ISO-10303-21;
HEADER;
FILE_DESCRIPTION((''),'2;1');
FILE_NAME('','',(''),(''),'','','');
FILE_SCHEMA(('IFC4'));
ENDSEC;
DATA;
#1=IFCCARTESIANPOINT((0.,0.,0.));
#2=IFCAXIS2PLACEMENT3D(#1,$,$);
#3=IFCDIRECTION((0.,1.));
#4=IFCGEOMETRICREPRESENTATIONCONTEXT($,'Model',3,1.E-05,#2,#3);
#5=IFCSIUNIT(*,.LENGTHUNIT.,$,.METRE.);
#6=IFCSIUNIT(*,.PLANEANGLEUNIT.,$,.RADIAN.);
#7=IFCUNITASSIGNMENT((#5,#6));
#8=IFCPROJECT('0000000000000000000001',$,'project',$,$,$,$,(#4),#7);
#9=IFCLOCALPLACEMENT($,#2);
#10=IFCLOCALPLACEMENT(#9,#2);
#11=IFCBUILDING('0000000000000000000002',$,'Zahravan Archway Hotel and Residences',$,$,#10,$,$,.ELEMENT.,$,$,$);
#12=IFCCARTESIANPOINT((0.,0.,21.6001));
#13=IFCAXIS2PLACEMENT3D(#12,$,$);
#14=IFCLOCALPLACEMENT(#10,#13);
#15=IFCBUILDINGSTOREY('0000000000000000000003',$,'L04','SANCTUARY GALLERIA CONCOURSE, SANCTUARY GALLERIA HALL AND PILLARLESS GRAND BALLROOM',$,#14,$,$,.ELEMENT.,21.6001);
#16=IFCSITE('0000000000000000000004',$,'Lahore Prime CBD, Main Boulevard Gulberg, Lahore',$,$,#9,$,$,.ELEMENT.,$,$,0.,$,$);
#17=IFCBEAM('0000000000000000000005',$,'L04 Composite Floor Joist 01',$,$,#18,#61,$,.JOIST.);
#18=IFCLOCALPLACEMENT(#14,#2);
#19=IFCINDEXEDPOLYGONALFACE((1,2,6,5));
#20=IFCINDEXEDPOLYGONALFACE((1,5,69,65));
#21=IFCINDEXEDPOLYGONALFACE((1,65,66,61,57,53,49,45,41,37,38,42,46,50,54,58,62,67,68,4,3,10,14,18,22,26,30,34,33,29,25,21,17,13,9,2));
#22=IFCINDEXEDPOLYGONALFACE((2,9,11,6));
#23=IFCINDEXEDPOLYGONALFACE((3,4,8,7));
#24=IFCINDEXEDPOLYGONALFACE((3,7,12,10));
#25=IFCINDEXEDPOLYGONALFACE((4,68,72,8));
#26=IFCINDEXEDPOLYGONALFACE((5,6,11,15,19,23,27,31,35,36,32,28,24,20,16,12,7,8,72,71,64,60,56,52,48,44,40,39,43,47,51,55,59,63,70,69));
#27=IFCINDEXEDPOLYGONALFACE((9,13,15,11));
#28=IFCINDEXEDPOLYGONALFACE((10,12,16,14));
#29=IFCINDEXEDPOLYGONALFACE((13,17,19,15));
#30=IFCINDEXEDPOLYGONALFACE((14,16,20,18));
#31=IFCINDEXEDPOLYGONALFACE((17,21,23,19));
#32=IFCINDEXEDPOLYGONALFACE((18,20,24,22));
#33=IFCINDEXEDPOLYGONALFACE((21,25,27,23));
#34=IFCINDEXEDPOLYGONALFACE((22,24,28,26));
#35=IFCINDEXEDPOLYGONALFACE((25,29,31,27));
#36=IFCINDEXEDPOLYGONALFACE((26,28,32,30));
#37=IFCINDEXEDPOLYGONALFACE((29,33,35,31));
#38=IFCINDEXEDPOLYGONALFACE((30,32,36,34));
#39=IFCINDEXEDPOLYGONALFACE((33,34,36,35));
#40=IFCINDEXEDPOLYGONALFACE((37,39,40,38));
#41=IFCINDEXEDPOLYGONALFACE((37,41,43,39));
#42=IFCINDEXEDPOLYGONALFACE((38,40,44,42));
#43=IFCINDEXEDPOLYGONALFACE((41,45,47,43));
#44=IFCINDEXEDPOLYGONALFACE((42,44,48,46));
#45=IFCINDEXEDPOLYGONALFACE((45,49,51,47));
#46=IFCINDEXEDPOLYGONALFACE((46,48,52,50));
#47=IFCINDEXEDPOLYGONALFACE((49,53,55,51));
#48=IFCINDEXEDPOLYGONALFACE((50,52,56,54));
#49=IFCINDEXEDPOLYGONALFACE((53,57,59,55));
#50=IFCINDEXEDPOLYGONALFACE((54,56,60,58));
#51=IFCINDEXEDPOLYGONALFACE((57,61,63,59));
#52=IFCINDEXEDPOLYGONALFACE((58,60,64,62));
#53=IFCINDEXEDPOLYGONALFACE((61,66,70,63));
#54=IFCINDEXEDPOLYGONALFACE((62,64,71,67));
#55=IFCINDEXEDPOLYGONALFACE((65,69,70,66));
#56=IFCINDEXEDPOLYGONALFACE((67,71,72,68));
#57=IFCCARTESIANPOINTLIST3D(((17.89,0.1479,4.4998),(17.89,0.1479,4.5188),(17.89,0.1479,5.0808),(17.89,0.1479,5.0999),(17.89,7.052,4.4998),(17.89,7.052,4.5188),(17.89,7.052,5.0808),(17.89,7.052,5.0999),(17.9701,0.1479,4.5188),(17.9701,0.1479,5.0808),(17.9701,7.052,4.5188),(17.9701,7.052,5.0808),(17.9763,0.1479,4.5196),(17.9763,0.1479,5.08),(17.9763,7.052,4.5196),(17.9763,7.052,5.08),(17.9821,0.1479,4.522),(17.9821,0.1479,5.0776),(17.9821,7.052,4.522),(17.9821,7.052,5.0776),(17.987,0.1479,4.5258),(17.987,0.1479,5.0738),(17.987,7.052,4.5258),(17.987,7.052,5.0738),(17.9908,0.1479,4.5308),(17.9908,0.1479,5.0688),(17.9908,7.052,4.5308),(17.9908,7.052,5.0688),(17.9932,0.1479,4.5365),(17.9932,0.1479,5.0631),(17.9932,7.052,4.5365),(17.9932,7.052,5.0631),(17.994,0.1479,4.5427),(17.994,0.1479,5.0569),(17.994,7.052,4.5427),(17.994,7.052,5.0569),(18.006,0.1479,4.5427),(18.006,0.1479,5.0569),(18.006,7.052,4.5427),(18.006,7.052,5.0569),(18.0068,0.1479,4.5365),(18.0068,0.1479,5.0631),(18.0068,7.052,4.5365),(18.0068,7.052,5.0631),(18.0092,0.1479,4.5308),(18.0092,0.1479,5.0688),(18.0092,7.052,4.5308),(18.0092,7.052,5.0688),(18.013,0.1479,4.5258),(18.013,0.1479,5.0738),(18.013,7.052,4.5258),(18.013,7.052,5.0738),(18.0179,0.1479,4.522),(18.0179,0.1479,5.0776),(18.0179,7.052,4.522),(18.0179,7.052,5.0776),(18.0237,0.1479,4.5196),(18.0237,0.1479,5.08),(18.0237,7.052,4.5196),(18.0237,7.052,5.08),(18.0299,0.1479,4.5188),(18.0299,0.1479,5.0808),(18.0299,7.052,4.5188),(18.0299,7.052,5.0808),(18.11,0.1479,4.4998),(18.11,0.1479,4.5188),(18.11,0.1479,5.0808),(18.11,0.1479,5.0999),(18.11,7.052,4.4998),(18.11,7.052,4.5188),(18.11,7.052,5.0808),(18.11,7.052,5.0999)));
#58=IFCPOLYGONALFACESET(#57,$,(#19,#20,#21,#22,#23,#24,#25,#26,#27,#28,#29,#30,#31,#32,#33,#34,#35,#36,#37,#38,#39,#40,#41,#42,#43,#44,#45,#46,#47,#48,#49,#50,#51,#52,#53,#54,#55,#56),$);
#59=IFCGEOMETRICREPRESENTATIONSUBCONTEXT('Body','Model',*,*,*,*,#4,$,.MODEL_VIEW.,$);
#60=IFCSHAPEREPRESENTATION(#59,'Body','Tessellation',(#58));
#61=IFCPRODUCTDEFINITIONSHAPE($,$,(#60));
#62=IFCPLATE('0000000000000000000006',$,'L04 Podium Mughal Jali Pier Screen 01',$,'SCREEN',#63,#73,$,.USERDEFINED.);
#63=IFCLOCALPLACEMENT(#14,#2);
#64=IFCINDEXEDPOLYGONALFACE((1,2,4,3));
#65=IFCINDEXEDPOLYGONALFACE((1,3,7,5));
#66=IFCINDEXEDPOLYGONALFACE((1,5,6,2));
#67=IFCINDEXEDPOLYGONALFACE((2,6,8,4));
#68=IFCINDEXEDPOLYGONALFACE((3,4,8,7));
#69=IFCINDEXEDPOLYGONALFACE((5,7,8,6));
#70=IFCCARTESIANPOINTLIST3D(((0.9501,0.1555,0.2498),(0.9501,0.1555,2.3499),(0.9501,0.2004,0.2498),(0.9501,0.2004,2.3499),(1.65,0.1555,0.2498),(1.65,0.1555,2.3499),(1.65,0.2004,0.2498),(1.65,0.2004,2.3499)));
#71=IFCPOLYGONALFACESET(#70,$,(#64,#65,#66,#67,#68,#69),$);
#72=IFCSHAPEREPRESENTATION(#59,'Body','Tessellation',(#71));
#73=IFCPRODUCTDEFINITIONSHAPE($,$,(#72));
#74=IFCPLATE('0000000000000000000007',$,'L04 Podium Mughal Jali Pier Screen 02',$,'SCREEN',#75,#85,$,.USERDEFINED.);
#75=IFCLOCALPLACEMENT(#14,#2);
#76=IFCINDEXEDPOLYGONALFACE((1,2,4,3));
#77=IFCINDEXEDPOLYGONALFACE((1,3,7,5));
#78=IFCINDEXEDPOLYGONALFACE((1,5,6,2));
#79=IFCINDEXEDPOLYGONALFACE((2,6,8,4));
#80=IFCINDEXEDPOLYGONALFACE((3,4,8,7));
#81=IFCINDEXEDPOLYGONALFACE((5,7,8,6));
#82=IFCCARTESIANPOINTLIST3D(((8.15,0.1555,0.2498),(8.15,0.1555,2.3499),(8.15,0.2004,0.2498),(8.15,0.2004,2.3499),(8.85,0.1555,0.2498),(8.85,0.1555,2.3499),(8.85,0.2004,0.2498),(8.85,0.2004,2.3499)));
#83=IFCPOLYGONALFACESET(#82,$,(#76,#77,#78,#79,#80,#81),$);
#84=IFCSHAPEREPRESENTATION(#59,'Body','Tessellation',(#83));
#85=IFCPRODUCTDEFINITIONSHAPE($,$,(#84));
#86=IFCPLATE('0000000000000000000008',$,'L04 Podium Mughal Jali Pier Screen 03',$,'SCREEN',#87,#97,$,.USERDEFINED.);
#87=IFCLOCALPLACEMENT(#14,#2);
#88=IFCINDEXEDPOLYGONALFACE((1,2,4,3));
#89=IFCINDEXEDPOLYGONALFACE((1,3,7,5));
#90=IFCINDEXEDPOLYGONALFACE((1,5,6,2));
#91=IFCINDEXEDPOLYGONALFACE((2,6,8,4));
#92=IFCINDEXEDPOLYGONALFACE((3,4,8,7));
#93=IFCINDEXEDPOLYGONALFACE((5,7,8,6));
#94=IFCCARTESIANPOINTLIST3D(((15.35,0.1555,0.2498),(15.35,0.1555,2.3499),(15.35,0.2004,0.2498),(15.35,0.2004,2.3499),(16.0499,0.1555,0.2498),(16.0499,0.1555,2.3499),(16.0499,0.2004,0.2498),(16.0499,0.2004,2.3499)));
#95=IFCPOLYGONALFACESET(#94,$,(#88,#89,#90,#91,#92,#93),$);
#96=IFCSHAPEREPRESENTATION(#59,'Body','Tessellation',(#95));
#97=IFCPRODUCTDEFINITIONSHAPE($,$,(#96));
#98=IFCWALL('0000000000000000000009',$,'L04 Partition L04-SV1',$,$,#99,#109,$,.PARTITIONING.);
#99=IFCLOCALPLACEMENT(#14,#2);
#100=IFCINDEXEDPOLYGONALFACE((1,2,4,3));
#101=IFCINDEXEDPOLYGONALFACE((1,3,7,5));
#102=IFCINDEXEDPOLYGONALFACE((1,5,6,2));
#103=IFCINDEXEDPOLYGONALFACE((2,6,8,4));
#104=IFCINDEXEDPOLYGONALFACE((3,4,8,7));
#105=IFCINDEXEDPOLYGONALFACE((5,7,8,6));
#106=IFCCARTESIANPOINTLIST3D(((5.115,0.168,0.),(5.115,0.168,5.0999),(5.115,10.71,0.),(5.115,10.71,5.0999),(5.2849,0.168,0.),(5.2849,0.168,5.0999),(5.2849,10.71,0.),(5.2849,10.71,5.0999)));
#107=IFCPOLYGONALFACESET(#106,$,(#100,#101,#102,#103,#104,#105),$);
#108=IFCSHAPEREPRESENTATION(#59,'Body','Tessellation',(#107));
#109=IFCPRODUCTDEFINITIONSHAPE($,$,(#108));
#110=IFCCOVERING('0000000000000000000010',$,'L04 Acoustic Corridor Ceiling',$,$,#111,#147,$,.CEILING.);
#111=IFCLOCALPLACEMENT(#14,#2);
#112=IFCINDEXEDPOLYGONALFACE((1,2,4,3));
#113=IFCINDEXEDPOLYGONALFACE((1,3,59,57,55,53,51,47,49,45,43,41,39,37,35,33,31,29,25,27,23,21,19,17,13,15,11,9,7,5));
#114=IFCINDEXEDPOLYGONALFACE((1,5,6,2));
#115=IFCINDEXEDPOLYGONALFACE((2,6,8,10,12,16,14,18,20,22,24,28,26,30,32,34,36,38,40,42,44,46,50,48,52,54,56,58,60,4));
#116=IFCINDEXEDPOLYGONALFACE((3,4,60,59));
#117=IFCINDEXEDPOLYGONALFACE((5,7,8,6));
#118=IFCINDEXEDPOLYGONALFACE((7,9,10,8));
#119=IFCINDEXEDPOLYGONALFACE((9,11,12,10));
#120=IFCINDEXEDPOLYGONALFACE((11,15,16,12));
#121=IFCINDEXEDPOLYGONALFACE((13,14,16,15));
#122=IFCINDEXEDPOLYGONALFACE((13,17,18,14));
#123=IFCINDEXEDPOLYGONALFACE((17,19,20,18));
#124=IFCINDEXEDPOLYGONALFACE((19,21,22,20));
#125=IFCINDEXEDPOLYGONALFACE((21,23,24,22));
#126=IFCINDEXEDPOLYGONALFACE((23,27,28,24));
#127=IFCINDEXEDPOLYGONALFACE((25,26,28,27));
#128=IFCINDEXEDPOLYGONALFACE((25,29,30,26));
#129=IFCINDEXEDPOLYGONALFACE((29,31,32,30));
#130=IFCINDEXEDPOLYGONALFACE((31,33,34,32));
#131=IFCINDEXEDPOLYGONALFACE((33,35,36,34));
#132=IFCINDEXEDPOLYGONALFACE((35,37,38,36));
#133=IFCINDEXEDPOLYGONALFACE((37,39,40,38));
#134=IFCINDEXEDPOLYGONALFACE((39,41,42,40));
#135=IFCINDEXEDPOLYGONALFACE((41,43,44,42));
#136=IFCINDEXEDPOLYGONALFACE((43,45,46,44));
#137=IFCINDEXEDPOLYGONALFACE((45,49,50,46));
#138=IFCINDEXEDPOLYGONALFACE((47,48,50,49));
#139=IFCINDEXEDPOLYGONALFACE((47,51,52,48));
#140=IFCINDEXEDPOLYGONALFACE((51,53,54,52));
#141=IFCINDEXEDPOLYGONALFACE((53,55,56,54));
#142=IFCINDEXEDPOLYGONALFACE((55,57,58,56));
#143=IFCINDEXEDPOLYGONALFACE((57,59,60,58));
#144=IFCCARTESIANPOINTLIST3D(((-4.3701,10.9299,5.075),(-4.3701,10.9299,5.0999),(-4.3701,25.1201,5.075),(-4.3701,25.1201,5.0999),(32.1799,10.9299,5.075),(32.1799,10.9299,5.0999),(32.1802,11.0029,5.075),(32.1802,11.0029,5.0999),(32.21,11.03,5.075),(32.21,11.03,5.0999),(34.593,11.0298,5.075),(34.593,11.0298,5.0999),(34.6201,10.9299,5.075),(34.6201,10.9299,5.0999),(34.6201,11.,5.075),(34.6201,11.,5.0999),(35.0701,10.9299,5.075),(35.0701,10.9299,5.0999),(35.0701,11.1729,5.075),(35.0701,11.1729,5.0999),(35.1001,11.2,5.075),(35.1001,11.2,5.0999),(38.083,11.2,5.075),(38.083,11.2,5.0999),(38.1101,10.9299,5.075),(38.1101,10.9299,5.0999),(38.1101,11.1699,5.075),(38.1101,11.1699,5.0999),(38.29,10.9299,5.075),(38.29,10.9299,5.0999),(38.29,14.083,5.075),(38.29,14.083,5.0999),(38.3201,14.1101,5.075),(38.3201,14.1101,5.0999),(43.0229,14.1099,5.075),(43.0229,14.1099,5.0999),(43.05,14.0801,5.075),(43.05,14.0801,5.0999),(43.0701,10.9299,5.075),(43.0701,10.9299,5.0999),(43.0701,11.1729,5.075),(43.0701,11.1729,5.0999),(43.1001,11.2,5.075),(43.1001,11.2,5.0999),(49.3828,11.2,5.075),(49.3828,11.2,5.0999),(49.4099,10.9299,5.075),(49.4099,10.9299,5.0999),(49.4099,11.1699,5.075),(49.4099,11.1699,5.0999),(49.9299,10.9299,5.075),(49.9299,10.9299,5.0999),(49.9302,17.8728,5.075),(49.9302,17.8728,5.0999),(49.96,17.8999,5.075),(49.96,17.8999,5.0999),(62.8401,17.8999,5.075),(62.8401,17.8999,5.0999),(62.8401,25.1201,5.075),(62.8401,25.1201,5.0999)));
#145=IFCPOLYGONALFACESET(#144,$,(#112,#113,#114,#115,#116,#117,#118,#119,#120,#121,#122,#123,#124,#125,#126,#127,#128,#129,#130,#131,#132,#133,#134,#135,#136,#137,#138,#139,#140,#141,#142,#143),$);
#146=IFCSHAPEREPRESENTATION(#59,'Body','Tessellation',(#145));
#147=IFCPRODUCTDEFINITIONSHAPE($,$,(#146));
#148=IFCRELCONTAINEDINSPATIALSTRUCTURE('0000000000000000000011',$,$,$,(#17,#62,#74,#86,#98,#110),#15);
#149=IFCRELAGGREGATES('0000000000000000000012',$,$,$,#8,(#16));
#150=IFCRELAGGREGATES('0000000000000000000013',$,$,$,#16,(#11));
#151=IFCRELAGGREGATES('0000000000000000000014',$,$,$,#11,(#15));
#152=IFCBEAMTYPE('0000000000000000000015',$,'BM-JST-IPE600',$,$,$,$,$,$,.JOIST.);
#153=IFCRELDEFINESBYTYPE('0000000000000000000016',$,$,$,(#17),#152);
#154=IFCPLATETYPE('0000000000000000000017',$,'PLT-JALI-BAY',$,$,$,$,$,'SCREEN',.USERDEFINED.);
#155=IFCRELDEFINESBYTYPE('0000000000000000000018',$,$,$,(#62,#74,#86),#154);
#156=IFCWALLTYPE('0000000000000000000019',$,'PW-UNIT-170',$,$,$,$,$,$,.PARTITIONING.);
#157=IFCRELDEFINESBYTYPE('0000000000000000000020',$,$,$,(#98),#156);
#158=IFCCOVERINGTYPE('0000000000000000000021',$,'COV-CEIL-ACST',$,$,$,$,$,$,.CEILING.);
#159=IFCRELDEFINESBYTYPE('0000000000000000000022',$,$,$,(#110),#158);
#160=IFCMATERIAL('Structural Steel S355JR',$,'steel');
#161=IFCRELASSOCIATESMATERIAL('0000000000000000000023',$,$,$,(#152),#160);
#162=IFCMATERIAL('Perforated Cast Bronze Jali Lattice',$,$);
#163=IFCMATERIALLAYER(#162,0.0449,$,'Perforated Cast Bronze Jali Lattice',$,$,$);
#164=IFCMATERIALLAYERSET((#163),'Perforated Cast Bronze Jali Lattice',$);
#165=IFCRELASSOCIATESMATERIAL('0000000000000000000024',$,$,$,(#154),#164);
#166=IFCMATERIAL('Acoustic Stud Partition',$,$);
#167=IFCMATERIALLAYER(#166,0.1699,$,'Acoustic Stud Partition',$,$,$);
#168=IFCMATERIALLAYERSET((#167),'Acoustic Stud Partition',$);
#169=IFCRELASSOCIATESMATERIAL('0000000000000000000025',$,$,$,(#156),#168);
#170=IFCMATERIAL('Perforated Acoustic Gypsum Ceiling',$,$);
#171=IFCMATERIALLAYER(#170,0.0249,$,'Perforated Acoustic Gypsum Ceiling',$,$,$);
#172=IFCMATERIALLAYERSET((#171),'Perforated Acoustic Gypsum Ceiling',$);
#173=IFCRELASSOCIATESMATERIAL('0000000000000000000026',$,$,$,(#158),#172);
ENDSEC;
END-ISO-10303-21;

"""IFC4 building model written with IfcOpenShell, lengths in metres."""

from ifc_helpers import new_model, si_unit, direction, frame, frame_2d, origin, origin_2d, place, context, subcontext, project, spatial, polyline, rectangle, i_section, outline, extrude, source, transform, mapped, material, layer, layer_set, material_profile, profile_set, type_object, type_shapes, element, save


model = new_model("IFC4")

# Units and contexts
model_context = context("Model", 3, precision=1e-05, world=origin(), true_north=direction((0.0, 1.0)))
body_context = subcontext(model_context, "Body", "Model", "MODEL_VIEW")
ifc_project = project(units=[si_unit("LENGTHUNIT", "METRE"), si_unit("PLANEANGLEUNIT", "RADIAN")], contexts=[model_context])

# Site, building, storey
site_placement = place(None, origin())
site = spatial("IfcSite", under=ifc_project, at=site_placement, Name="Lahore Prime CBD, Main Boulevard Gulberg, Lahore", CompositionType="ELEMENT", RefElevation=0.0)
building_placement = place(site_placement, origin())
building = spatial("IfcBuilding", under=site, at=building_placement, Name="Zahravan Archway Hotel and Residences", CompositionType="ELEMENT")
storey_placement = place(building_placement, frame((0.0, 0.0, 21.6001)))
storey = spatial("IfcBuildingStorey", under=building, at=storey_placement, Name="L04", Description="SANCTUARY GALLERIA CONCOURSE, SANCTUARY GALLERIA HALL AND PILLARLESS GRAND BALLROOM", CompositionType="ELEMENT", Elevation=21.6001)

# Beam
ifc_material_1 = material(Name="Structural Steel S355JR", Category="steel")
ifc_material_profile_1 = material_profile(ifc_material_1, i_section(OverallWidth=0.22, OverallDepth=0.6001, WebThickness=0.012, FlangeThickness=0.019, FilletRadius=0.0239, at=origin_2d()), Name="IPE 600", Category="steel")
ifc_profile_set_1 = profile_set([ifc_material_profile_1], Name="Structural Steel S355JR")
beam_type_1 = type_object("IfcBeamType", Name="BM-JST-IPE600", PredefinedType="JOIST", material=ifc_profile_set_1)
shared_shape_1 = source(origin(), body_context, "Body", "SweptSolid", [
    extrude(i_section(OverallWidth=0.22, OverallDepth=0.6001, WebThickness=0.012, FlangeThickness=0.019, FilletRadius=0.0239, at=origin_2d()), origin(), (0.0, 0.0, 1.0), 6.9041),
])
type_shapes(beam_type_1, [shared_shape_1])
beam_1_placement = place(storey_placement, frame((18.0, 0.1479, 4.7998), z_axis=(0.0, 1.0, 0.0), x_axis=(-1.0, 0.0, 0.0)))
element("IfcBeam", 1, at=beam_1_placement, inside=storey, type_object=beam_type_1, Name="L04 Composite Floor Joist 01", PredefinedType="JOIST", context=body_context, shape_type="MappedRepresentation", body=[
    mapped(shared_shape_1, transform((0.0, 0.0, 0.0), scale=1.0)),
])

# Plates
ifc_material_2 = material(Name="Perforated Cast Bronze Jali Lattice")
ifc_layer_1 = layer(ifc_material_2, 0.0449, Name="Perforated Cast Bronze Jali Lattice")
ifc_layer_set_1 = layer_set([ifc_layer_1], Name="Perforated Cast Bronze Jali Lattice")
plate_type = type_object("IfcPlateType", Name="PLT-JALI-BAY", ElementType="SCREEN", PredefinedType="USERDEFINED", material=ifc_layer_set_1)
shared_shape_2 = source(origin(), body_context, "Body", "SweptSolid", [
    extrude(rectangle(XDim=0.7, YDim=0.0449, at=origin_2d()), origin(), (0.0, 0.0, 1.0), 2.1001),
])
type_shapes(plate_type, [shared_shape_2])
for number, where, z_axis, x_axis, name in (
    (2, (1.3, 0.178, 0.2498), (0.0, 0.0, 1.0), (1.0, 0.0, 0.0), "L04 Podium Mughal Jali Pier Screen 01"),
    (3, (8.5, 0.178, 0.2498), (0.0, 0.0, 1.0), (1.0, 0.0, 0.0), "L04 Podium Mughal Jali Pier Screen 02"),
    (4, (15.7, 0.178, 0.2498), (0.0, 0.0, 1.0), (1.0, 0.0, 0.0), "L04 Podium Mughal Jali Pier Screen 03"),
):
    element("IfcPlate", number, at=place(storey_placement, frame(where, z_axis=z_axis, x_axis=x_axis)), inside=storey, type_object=plate_type, Name=name, ObjectType="SCREEN", PredefinedType="USERDEFINED", context=body_context, shape_type="MappedRepresentation", body=[
        mapped(shared_shape_2, transform((0.0, 0.0, 0.0), scale=1.0)),
    ])

# Wall
ifc_material_3 = material(Name="Acoustic Stud Partition")
ifc_layer_2 = layer(ifc_material_3, 0.1699, Name="Acoustic Stud Partition")
ifc_layer_set_2 = layer_set([ifc_layer_2], Name="Acoustic Stud Partition")
wall_type = type_object("IfcWallType", Name="PW-UNIT-170", PredefinedType="PARTITIONING", material=ifc_layer_set_2)
wall_placement = place(storey_placement, frame((5.2, 0.168, 0.0), z_axis=(0.0, 0.0, 1.0), x_axis=(0.0, 1.0, 0.0)))
element("IfcWall", 5, at=wall_placement, inside=storey, type_object=wall_type, Name="L04 Partition L04-SV1", PredefinedType="PARTITIONING", context=body_context, shape_type="SweptSolid", body=[
    extrude(rectangle(XDim=10.542, YDim=0.1699, at=frame_2d((5.271, 0.0))), origin(), (0.0, 0.0, 1.0), 5.0999),
])

# Covering
ifc_material_4 = material(Name="Perforated Acoustic Gypsum Ceiling")
ifc_layer_3 = layer(ifc_material_4, 0.0249, Name="Perforated Acoustic Gypsum Ceiling")
ifc_layer_set_3 = layer_set([ifc_layer_3], Name="Perforated Acoustic Gypsum Ceiling")
covering_type = type_object("IfcCoveringType", Name="COV-CEIL-ACST", PredefinedType="CEILING", material=ifc_layer_set_3)
covering_placement = place(storey_placement, frame((0.0, 0.0, 5.075)))
element("IfcCovering", 6, at=covering_placement, inside=storey, type_object=covering_type, Name="L04 Acoustic Corridor Ceiling", PredefinedType="CEILING", context=body_context, shape_type="SweptSolid", body=[
    extrude(outline(polyline([(-4.3701, 25.1201), (62.8401, 25.1201), (62.8401, 17.8999), (49.96, 17.8999), (49.9302, 17.8728), (49.9299, 10.9299), (49.4099, 10.9299), (49.4099, 11.1699), (49.3828, 11.2), (43.1001, 11.2), (43.0701, 11.1729), (43.0701, 10.9299), (43.05, 14.0801), (43.0229, 14.1099), (38.3201, 14.1101), (38.29, 14.083), (38.29, 10.9299), (38.1101, 10.9299), (38.1101, 11.1699), (38.083, 11.2), (35.1001, 11.2), (35.0701, 11.1729), (35.0701, 10.9299), (34.6201, 10.9299), (34.6201, 11.0), (34.593, 11.0298), (32.21, 11.03), (32.1802, 11.0029), (32.1799, 10.9299), (-4.3701, 10.9299), (-4.3701, 25.1201)])), origin(), (0.0, 0.0, 1.0), 0.0249),
])

save(model, "model.ifc")
